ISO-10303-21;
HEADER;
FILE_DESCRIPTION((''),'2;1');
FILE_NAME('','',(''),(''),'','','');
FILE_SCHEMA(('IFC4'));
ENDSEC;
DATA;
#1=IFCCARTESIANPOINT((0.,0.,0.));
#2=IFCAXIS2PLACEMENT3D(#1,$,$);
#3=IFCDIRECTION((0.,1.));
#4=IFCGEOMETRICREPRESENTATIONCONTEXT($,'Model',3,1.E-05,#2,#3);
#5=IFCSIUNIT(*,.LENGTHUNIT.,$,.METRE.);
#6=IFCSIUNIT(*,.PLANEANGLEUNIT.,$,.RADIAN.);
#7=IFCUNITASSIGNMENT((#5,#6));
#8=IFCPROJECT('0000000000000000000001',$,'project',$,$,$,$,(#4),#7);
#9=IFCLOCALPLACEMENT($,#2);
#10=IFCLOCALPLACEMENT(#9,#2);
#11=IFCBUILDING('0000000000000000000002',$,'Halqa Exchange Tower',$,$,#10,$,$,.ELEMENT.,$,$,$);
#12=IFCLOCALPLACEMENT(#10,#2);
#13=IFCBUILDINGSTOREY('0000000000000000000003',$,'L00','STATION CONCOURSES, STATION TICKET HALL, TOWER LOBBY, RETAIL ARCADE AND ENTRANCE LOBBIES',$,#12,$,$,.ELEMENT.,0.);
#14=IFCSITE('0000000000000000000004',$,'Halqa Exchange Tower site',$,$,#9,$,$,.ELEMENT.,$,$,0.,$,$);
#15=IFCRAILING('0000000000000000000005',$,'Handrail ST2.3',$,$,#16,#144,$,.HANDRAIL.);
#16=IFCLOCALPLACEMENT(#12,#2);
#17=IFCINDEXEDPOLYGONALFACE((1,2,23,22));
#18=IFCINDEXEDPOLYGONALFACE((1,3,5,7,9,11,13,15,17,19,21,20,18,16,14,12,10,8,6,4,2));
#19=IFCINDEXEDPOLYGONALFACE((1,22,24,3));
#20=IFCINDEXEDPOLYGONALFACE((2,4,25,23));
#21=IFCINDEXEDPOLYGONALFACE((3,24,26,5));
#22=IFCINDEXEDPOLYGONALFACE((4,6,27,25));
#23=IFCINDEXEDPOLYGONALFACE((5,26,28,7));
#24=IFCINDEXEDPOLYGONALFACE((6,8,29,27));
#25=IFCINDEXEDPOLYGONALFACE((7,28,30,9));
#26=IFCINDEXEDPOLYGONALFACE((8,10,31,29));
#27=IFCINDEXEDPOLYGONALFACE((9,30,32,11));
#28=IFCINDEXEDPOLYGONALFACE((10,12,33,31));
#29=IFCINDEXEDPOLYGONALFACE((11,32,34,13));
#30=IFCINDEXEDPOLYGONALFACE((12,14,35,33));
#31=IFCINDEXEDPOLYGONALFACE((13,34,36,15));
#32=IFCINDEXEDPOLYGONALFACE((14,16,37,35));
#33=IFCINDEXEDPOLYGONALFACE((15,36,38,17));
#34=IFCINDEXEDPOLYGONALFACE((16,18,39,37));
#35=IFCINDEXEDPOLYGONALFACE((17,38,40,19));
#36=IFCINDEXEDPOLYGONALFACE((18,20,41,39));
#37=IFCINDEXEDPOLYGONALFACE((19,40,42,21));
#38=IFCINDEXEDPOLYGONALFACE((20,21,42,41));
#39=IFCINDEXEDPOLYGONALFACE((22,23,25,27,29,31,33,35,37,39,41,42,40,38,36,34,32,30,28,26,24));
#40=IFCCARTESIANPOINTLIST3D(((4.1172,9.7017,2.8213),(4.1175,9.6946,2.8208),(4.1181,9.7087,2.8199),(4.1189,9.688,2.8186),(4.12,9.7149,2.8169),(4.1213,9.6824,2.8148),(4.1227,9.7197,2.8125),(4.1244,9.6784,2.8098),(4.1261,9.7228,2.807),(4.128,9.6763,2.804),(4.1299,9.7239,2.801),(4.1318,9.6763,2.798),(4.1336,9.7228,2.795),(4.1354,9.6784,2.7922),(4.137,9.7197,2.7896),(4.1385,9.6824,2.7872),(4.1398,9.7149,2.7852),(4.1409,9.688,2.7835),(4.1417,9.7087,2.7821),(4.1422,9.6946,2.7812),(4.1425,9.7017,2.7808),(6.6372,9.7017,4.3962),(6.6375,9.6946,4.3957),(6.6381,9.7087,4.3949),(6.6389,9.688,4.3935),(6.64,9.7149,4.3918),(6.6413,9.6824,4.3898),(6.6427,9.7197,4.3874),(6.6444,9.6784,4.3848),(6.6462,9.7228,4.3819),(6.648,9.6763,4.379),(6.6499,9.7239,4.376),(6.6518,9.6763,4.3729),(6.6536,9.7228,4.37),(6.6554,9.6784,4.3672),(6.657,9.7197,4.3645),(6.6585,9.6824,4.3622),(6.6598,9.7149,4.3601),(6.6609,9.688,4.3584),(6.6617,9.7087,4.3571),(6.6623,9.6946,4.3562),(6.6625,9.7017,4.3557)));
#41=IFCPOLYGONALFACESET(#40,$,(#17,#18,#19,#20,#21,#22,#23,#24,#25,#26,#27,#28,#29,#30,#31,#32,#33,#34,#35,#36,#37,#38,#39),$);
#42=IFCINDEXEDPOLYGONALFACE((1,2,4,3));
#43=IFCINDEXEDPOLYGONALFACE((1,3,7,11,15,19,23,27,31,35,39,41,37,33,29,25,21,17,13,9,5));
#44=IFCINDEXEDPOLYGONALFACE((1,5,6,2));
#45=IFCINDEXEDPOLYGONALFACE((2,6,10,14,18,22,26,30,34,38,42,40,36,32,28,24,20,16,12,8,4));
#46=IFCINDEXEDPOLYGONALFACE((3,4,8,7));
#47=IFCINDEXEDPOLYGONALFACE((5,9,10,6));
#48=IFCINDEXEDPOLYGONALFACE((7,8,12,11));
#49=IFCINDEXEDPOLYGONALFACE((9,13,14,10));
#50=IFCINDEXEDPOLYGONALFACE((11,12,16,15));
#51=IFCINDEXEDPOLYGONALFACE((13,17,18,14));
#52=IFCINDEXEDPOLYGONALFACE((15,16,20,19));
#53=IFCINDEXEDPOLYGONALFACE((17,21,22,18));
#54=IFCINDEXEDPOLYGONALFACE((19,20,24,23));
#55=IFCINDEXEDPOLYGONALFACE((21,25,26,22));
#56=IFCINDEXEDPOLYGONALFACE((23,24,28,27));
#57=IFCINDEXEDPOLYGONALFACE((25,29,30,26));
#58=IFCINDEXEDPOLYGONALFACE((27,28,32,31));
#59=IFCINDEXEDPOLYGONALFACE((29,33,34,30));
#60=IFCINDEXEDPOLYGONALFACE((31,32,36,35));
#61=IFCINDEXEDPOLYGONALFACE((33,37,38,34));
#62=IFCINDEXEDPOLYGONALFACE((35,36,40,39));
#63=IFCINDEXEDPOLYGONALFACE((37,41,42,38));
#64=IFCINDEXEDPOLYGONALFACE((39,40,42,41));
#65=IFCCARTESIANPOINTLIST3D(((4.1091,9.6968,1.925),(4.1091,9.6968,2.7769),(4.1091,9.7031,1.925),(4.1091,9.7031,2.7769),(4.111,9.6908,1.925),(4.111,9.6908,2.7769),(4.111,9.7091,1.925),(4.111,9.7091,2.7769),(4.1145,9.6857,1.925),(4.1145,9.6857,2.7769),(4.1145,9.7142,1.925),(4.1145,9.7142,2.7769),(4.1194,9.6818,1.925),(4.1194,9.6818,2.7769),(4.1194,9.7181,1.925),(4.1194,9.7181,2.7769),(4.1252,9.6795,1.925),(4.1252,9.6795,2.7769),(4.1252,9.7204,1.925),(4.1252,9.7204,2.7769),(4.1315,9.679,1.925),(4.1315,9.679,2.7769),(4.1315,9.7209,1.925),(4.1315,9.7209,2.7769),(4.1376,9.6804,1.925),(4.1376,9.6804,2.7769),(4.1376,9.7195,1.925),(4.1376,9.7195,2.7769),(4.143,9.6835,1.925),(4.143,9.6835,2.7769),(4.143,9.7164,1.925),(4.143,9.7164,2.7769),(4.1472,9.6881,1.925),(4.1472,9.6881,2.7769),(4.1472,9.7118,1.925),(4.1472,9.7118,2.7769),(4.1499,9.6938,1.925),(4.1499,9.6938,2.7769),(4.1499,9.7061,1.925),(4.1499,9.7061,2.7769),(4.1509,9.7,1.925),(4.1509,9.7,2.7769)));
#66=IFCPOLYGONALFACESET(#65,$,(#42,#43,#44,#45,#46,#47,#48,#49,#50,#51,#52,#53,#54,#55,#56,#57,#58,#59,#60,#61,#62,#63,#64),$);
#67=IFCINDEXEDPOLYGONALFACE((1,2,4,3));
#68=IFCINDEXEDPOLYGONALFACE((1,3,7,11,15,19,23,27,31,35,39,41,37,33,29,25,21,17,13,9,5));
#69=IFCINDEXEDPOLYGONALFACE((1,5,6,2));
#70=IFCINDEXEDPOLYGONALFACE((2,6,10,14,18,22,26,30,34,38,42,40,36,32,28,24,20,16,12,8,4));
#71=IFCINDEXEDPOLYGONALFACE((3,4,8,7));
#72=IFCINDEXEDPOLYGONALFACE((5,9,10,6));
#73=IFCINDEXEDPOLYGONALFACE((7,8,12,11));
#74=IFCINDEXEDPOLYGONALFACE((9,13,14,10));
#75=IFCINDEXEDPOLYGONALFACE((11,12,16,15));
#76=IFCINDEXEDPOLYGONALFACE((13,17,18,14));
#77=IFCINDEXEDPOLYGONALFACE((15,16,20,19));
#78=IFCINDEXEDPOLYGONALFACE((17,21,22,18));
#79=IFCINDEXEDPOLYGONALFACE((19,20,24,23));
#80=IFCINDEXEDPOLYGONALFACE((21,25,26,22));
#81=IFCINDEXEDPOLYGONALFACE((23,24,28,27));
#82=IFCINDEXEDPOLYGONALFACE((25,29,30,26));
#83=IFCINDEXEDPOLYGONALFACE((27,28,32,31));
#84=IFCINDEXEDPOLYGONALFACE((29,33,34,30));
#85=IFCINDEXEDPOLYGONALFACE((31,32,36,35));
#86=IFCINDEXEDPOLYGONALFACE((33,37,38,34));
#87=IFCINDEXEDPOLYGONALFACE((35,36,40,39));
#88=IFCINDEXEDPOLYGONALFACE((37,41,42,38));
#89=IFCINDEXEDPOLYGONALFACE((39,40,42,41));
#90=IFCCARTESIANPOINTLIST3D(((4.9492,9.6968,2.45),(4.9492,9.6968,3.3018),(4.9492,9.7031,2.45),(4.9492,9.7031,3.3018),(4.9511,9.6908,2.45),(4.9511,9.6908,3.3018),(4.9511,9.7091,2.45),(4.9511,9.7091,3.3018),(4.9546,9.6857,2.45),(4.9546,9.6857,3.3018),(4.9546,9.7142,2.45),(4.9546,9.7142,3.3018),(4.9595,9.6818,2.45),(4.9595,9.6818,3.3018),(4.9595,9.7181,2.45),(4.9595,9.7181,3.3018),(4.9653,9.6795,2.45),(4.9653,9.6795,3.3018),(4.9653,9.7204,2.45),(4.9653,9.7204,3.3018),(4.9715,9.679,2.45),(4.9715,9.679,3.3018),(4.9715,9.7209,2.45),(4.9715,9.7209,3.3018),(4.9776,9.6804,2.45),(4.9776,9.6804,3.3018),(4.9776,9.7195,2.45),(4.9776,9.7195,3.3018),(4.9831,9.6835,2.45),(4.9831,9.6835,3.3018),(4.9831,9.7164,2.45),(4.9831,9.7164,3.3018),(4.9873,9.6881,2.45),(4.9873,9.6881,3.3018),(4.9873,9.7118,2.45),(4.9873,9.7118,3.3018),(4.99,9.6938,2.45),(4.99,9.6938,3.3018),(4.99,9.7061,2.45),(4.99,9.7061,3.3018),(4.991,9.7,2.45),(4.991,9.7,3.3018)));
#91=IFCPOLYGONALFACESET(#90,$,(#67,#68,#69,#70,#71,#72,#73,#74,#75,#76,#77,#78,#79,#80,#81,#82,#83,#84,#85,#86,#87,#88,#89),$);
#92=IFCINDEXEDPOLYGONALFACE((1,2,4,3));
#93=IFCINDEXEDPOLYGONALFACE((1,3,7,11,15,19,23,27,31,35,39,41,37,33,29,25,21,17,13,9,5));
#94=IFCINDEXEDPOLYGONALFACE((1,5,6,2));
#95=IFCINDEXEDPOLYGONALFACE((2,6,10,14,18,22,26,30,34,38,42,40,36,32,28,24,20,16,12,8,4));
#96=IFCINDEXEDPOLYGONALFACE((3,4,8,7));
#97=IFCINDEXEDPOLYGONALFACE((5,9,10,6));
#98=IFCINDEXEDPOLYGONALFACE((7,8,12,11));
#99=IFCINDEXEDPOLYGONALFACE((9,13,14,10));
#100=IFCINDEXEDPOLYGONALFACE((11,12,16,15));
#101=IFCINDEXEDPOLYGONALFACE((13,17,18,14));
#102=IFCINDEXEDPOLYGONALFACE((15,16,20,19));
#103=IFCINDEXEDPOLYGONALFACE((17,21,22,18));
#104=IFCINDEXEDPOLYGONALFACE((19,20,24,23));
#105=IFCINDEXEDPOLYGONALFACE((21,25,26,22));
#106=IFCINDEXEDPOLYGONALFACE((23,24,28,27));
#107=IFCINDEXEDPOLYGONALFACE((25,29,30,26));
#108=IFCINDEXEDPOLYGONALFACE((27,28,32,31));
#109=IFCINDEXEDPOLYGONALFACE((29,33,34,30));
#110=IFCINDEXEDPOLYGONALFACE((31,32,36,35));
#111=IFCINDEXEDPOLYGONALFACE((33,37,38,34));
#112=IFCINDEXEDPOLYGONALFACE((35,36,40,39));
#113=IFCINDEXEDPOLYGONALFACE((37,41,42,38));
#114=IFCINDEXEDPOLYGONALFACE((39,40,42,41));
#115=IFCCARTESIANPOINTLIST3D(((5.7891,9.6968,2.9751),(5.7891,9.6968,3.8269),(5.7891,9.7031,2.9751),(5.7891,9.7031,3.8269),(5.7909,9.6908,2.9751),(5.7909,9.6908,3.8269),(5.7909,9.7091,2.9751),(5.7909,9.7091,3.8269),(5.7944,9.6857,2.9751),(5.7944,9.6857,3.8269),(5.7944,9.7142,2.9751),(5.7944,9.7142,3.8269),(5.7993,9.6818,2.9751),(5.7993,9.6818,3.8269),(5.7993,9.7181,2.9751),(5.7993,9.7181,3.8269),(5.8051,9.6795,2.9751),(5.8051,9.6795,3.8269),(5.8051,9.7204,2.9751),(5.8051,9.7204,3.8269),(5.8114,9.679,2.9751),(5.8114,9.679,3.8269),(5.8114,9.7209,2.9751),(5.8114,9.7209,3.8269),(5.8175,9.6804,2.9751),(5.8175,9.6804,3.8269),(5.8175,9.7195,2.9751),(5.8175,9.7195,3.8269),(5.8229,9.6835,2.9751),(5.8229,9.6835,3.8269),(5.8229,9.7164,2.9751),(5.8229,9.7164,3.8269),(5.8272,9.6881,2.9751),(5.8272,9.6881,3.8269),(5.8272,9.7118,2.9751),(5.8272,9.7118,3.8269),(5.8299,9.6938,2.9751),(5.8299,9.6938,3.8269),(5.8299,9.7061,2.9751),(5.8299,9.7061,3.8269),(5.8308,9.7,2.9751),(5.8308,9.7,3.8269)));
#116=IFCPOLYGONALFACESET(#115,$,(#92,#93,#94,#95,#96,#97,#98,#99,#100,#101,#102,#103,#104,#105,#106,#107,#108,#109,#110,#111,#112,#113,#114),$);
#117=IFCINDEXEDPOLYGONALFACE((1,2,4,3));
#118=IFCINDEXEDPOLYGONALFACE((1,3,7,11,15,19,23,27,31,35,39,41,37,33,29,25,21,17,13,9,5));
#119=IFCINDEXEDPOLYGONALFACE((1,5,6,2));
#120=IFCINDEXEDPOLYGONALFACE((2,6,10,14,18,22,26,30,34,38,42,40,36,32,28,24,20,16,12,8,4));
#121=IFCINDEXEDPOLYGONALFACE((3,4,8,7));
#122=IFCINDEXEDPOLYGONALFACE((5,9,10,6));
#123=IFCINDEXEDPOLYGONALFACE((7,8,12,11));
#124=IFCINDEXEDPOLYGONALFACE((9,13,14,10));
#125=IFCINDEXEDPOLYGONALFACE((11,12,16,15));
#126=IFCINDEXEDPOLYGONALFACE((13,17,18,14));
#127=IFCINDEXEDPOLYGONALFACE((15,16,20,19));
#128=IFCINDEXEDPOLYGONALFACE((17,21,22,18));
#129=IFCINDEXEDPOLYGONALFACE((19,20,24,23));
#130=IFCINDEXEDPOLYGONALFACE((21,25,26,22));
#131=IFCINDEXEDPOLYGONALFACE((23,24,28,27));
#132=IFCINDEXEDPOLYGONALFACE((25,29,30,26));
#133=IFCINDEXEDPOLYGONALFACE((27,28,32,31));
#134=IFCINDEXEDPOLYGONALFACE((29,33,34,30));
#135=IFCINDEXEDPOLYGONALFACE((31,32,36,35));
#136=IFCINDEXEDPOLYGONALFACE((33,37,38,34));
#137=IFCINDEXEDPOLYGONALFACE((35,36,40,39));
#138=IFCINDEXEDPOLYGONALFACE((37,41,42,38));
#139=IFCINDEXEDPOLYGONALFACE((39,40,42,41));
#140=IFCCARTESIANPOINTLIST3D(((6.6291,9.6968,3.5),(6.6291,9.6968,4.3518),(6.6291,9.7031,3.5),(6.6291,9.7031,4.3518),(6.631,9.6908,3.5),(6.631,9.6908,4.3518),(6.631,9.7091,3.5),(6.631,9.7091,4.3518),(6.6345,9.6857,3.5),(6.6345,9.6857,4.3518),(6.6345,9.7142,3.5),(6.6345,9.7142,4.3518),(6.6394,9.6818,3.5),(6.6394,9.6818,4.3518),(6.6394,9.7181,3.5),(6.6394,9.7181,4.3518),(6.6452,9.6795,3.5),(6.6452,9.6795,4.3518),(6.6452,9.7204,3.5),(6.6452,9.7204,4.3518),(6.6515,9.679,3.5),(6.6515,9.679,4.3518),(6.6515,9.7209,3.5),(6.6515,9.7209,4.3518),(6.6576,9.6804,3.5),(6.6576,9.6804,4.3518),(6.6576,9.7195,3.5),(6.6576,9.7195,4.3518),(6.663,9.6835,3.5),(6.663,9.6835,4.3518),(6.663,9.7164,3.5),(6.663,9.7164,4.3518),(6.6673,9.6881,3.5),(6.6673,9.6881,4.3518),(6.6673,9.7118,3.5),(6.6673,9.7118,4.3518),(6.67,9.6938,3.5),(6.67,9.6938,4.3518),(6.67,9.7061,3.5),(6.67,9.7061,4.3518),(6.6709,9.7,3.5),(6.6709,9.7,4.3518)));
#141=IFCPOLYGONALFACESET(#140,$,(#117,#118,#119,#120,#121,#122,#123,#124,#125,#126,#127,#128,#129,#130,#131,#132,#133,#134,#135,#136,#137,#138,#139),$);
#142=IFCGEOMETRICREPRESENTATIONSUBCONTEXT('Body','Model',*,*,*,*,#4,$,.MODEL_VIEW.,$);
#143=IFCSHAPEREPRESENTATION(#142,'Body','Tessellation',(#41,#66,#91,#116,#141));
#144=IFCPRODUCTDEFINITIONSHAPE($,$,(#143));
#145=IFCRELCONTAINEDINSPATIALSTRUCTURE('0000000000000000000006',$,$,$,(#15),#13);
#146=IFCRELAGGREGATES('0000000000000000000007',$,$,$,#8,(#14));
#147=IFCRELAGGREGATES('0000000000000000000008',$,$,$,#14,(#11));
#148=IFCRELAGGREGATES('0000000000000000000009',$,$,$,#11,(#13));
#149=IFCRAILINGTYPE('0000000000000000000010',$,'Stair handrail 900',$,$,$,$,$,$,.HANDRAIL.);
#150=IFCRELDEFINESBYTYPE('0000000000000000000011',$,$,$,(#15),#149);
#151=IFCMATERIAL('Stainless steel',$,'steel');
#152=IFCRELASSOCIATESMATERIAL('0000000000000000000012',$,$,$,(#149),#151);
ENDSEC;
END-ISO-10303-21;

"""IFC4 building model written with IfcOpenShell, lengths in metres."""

from ifc_helpers import new_model, si_unit, direction, frame, origin, origin_2d, place, context, subcontext, project, spatial, circle, extrude, material, type_object, element, save


model = new_model("IFC4")

# Units and contexts
model_context = context("Model", 3, precision=1e-05, world=origin(), true_north=direction((0.0, 1.0)))
body_context = subcontext(model_context, "Body", "Model", "MODEL_VIEW")
ifc_project = project(units=[si_unit("LENGTHUNIT", "METRE"), si_unit("PLANEANGLEUNIT", "RADIAN")], contexts=[model_context])

# Site, building, storey
site_placement = place(None, origin())
site = spatial("IfcSite", under=ifc_project, at=site_placement, Name="Halqa Exchange Tower site", CompositionType="ELEMENT", RefElevation=0.0)
building_placement = place(site_placement, origin())
building = spatial("IfcBuilding", under=site, at=building_placement, Name="Halqa Exchange Tower", CompositionType="ELEMENT")
storey_placement = place(building_placement, origin())
storey = spatial("IfcBuildingStorey", under=building, at=storey_placement, Name="L00", Description="STATION CONCOURSES, STATION TICKET HALL, TOWER LOBBY, RETAIL ARCADE AND ENTRANCE LOBBIES", CompositionType="ELEMENT", Elevation=0.0)

# Railing
ifc_material_1 = material(Name="Stainless steel", Category="steel")
railing_type_1 = type_object("IfcRailingType", Name="Stair handrail 900", PredefinedType="HANDRAIL", material=ifc_material_1)
railing_1_placement = place(storey_placement, frame((4.1299, 9.7, 1.925)))
element("IfcRailing", 1, at=railing_1_placement, inside=storey, type_object=railing_type_1, Name="Handrail ST2.3", PredefinedType="HANDRAIL", context=body_context, shape_type="SweptSolid", body=[
    extrude(circle(Radius=0.0239, at=origin_2d()), frame((0.0, 0.0, 0.876), z_axis=(0.848008, 0.0, 0.529984), x_axis=(0.0, 1.0, 0.0)), (0.0, 0.0, 1.0), 2.9717),
    extrude(circle(Radius=0.021, at=origin_2d()), origin(), (0.0, 0.0, 1.0), 0.8518),
    extrude(circle(Radius=0.021, at=origin_2d()), frame((0.8401, 0.0, 0.5249)), (0.0, 0.0, 1.0), 0.8518),
    extrude(circle(Radius=0.021, at=origin_2d()), frame((1.6799, 0.0, 1.05)), (0.0, 0.0, 1.0), 0.8518),
    extrude(circle(Radius=0.021, at=origin_2d()), frame((2.52, 0.0, 1.575)), (0.0, 0.0, 1.0), 0.8518),
])

save(model, "model.ifc")
